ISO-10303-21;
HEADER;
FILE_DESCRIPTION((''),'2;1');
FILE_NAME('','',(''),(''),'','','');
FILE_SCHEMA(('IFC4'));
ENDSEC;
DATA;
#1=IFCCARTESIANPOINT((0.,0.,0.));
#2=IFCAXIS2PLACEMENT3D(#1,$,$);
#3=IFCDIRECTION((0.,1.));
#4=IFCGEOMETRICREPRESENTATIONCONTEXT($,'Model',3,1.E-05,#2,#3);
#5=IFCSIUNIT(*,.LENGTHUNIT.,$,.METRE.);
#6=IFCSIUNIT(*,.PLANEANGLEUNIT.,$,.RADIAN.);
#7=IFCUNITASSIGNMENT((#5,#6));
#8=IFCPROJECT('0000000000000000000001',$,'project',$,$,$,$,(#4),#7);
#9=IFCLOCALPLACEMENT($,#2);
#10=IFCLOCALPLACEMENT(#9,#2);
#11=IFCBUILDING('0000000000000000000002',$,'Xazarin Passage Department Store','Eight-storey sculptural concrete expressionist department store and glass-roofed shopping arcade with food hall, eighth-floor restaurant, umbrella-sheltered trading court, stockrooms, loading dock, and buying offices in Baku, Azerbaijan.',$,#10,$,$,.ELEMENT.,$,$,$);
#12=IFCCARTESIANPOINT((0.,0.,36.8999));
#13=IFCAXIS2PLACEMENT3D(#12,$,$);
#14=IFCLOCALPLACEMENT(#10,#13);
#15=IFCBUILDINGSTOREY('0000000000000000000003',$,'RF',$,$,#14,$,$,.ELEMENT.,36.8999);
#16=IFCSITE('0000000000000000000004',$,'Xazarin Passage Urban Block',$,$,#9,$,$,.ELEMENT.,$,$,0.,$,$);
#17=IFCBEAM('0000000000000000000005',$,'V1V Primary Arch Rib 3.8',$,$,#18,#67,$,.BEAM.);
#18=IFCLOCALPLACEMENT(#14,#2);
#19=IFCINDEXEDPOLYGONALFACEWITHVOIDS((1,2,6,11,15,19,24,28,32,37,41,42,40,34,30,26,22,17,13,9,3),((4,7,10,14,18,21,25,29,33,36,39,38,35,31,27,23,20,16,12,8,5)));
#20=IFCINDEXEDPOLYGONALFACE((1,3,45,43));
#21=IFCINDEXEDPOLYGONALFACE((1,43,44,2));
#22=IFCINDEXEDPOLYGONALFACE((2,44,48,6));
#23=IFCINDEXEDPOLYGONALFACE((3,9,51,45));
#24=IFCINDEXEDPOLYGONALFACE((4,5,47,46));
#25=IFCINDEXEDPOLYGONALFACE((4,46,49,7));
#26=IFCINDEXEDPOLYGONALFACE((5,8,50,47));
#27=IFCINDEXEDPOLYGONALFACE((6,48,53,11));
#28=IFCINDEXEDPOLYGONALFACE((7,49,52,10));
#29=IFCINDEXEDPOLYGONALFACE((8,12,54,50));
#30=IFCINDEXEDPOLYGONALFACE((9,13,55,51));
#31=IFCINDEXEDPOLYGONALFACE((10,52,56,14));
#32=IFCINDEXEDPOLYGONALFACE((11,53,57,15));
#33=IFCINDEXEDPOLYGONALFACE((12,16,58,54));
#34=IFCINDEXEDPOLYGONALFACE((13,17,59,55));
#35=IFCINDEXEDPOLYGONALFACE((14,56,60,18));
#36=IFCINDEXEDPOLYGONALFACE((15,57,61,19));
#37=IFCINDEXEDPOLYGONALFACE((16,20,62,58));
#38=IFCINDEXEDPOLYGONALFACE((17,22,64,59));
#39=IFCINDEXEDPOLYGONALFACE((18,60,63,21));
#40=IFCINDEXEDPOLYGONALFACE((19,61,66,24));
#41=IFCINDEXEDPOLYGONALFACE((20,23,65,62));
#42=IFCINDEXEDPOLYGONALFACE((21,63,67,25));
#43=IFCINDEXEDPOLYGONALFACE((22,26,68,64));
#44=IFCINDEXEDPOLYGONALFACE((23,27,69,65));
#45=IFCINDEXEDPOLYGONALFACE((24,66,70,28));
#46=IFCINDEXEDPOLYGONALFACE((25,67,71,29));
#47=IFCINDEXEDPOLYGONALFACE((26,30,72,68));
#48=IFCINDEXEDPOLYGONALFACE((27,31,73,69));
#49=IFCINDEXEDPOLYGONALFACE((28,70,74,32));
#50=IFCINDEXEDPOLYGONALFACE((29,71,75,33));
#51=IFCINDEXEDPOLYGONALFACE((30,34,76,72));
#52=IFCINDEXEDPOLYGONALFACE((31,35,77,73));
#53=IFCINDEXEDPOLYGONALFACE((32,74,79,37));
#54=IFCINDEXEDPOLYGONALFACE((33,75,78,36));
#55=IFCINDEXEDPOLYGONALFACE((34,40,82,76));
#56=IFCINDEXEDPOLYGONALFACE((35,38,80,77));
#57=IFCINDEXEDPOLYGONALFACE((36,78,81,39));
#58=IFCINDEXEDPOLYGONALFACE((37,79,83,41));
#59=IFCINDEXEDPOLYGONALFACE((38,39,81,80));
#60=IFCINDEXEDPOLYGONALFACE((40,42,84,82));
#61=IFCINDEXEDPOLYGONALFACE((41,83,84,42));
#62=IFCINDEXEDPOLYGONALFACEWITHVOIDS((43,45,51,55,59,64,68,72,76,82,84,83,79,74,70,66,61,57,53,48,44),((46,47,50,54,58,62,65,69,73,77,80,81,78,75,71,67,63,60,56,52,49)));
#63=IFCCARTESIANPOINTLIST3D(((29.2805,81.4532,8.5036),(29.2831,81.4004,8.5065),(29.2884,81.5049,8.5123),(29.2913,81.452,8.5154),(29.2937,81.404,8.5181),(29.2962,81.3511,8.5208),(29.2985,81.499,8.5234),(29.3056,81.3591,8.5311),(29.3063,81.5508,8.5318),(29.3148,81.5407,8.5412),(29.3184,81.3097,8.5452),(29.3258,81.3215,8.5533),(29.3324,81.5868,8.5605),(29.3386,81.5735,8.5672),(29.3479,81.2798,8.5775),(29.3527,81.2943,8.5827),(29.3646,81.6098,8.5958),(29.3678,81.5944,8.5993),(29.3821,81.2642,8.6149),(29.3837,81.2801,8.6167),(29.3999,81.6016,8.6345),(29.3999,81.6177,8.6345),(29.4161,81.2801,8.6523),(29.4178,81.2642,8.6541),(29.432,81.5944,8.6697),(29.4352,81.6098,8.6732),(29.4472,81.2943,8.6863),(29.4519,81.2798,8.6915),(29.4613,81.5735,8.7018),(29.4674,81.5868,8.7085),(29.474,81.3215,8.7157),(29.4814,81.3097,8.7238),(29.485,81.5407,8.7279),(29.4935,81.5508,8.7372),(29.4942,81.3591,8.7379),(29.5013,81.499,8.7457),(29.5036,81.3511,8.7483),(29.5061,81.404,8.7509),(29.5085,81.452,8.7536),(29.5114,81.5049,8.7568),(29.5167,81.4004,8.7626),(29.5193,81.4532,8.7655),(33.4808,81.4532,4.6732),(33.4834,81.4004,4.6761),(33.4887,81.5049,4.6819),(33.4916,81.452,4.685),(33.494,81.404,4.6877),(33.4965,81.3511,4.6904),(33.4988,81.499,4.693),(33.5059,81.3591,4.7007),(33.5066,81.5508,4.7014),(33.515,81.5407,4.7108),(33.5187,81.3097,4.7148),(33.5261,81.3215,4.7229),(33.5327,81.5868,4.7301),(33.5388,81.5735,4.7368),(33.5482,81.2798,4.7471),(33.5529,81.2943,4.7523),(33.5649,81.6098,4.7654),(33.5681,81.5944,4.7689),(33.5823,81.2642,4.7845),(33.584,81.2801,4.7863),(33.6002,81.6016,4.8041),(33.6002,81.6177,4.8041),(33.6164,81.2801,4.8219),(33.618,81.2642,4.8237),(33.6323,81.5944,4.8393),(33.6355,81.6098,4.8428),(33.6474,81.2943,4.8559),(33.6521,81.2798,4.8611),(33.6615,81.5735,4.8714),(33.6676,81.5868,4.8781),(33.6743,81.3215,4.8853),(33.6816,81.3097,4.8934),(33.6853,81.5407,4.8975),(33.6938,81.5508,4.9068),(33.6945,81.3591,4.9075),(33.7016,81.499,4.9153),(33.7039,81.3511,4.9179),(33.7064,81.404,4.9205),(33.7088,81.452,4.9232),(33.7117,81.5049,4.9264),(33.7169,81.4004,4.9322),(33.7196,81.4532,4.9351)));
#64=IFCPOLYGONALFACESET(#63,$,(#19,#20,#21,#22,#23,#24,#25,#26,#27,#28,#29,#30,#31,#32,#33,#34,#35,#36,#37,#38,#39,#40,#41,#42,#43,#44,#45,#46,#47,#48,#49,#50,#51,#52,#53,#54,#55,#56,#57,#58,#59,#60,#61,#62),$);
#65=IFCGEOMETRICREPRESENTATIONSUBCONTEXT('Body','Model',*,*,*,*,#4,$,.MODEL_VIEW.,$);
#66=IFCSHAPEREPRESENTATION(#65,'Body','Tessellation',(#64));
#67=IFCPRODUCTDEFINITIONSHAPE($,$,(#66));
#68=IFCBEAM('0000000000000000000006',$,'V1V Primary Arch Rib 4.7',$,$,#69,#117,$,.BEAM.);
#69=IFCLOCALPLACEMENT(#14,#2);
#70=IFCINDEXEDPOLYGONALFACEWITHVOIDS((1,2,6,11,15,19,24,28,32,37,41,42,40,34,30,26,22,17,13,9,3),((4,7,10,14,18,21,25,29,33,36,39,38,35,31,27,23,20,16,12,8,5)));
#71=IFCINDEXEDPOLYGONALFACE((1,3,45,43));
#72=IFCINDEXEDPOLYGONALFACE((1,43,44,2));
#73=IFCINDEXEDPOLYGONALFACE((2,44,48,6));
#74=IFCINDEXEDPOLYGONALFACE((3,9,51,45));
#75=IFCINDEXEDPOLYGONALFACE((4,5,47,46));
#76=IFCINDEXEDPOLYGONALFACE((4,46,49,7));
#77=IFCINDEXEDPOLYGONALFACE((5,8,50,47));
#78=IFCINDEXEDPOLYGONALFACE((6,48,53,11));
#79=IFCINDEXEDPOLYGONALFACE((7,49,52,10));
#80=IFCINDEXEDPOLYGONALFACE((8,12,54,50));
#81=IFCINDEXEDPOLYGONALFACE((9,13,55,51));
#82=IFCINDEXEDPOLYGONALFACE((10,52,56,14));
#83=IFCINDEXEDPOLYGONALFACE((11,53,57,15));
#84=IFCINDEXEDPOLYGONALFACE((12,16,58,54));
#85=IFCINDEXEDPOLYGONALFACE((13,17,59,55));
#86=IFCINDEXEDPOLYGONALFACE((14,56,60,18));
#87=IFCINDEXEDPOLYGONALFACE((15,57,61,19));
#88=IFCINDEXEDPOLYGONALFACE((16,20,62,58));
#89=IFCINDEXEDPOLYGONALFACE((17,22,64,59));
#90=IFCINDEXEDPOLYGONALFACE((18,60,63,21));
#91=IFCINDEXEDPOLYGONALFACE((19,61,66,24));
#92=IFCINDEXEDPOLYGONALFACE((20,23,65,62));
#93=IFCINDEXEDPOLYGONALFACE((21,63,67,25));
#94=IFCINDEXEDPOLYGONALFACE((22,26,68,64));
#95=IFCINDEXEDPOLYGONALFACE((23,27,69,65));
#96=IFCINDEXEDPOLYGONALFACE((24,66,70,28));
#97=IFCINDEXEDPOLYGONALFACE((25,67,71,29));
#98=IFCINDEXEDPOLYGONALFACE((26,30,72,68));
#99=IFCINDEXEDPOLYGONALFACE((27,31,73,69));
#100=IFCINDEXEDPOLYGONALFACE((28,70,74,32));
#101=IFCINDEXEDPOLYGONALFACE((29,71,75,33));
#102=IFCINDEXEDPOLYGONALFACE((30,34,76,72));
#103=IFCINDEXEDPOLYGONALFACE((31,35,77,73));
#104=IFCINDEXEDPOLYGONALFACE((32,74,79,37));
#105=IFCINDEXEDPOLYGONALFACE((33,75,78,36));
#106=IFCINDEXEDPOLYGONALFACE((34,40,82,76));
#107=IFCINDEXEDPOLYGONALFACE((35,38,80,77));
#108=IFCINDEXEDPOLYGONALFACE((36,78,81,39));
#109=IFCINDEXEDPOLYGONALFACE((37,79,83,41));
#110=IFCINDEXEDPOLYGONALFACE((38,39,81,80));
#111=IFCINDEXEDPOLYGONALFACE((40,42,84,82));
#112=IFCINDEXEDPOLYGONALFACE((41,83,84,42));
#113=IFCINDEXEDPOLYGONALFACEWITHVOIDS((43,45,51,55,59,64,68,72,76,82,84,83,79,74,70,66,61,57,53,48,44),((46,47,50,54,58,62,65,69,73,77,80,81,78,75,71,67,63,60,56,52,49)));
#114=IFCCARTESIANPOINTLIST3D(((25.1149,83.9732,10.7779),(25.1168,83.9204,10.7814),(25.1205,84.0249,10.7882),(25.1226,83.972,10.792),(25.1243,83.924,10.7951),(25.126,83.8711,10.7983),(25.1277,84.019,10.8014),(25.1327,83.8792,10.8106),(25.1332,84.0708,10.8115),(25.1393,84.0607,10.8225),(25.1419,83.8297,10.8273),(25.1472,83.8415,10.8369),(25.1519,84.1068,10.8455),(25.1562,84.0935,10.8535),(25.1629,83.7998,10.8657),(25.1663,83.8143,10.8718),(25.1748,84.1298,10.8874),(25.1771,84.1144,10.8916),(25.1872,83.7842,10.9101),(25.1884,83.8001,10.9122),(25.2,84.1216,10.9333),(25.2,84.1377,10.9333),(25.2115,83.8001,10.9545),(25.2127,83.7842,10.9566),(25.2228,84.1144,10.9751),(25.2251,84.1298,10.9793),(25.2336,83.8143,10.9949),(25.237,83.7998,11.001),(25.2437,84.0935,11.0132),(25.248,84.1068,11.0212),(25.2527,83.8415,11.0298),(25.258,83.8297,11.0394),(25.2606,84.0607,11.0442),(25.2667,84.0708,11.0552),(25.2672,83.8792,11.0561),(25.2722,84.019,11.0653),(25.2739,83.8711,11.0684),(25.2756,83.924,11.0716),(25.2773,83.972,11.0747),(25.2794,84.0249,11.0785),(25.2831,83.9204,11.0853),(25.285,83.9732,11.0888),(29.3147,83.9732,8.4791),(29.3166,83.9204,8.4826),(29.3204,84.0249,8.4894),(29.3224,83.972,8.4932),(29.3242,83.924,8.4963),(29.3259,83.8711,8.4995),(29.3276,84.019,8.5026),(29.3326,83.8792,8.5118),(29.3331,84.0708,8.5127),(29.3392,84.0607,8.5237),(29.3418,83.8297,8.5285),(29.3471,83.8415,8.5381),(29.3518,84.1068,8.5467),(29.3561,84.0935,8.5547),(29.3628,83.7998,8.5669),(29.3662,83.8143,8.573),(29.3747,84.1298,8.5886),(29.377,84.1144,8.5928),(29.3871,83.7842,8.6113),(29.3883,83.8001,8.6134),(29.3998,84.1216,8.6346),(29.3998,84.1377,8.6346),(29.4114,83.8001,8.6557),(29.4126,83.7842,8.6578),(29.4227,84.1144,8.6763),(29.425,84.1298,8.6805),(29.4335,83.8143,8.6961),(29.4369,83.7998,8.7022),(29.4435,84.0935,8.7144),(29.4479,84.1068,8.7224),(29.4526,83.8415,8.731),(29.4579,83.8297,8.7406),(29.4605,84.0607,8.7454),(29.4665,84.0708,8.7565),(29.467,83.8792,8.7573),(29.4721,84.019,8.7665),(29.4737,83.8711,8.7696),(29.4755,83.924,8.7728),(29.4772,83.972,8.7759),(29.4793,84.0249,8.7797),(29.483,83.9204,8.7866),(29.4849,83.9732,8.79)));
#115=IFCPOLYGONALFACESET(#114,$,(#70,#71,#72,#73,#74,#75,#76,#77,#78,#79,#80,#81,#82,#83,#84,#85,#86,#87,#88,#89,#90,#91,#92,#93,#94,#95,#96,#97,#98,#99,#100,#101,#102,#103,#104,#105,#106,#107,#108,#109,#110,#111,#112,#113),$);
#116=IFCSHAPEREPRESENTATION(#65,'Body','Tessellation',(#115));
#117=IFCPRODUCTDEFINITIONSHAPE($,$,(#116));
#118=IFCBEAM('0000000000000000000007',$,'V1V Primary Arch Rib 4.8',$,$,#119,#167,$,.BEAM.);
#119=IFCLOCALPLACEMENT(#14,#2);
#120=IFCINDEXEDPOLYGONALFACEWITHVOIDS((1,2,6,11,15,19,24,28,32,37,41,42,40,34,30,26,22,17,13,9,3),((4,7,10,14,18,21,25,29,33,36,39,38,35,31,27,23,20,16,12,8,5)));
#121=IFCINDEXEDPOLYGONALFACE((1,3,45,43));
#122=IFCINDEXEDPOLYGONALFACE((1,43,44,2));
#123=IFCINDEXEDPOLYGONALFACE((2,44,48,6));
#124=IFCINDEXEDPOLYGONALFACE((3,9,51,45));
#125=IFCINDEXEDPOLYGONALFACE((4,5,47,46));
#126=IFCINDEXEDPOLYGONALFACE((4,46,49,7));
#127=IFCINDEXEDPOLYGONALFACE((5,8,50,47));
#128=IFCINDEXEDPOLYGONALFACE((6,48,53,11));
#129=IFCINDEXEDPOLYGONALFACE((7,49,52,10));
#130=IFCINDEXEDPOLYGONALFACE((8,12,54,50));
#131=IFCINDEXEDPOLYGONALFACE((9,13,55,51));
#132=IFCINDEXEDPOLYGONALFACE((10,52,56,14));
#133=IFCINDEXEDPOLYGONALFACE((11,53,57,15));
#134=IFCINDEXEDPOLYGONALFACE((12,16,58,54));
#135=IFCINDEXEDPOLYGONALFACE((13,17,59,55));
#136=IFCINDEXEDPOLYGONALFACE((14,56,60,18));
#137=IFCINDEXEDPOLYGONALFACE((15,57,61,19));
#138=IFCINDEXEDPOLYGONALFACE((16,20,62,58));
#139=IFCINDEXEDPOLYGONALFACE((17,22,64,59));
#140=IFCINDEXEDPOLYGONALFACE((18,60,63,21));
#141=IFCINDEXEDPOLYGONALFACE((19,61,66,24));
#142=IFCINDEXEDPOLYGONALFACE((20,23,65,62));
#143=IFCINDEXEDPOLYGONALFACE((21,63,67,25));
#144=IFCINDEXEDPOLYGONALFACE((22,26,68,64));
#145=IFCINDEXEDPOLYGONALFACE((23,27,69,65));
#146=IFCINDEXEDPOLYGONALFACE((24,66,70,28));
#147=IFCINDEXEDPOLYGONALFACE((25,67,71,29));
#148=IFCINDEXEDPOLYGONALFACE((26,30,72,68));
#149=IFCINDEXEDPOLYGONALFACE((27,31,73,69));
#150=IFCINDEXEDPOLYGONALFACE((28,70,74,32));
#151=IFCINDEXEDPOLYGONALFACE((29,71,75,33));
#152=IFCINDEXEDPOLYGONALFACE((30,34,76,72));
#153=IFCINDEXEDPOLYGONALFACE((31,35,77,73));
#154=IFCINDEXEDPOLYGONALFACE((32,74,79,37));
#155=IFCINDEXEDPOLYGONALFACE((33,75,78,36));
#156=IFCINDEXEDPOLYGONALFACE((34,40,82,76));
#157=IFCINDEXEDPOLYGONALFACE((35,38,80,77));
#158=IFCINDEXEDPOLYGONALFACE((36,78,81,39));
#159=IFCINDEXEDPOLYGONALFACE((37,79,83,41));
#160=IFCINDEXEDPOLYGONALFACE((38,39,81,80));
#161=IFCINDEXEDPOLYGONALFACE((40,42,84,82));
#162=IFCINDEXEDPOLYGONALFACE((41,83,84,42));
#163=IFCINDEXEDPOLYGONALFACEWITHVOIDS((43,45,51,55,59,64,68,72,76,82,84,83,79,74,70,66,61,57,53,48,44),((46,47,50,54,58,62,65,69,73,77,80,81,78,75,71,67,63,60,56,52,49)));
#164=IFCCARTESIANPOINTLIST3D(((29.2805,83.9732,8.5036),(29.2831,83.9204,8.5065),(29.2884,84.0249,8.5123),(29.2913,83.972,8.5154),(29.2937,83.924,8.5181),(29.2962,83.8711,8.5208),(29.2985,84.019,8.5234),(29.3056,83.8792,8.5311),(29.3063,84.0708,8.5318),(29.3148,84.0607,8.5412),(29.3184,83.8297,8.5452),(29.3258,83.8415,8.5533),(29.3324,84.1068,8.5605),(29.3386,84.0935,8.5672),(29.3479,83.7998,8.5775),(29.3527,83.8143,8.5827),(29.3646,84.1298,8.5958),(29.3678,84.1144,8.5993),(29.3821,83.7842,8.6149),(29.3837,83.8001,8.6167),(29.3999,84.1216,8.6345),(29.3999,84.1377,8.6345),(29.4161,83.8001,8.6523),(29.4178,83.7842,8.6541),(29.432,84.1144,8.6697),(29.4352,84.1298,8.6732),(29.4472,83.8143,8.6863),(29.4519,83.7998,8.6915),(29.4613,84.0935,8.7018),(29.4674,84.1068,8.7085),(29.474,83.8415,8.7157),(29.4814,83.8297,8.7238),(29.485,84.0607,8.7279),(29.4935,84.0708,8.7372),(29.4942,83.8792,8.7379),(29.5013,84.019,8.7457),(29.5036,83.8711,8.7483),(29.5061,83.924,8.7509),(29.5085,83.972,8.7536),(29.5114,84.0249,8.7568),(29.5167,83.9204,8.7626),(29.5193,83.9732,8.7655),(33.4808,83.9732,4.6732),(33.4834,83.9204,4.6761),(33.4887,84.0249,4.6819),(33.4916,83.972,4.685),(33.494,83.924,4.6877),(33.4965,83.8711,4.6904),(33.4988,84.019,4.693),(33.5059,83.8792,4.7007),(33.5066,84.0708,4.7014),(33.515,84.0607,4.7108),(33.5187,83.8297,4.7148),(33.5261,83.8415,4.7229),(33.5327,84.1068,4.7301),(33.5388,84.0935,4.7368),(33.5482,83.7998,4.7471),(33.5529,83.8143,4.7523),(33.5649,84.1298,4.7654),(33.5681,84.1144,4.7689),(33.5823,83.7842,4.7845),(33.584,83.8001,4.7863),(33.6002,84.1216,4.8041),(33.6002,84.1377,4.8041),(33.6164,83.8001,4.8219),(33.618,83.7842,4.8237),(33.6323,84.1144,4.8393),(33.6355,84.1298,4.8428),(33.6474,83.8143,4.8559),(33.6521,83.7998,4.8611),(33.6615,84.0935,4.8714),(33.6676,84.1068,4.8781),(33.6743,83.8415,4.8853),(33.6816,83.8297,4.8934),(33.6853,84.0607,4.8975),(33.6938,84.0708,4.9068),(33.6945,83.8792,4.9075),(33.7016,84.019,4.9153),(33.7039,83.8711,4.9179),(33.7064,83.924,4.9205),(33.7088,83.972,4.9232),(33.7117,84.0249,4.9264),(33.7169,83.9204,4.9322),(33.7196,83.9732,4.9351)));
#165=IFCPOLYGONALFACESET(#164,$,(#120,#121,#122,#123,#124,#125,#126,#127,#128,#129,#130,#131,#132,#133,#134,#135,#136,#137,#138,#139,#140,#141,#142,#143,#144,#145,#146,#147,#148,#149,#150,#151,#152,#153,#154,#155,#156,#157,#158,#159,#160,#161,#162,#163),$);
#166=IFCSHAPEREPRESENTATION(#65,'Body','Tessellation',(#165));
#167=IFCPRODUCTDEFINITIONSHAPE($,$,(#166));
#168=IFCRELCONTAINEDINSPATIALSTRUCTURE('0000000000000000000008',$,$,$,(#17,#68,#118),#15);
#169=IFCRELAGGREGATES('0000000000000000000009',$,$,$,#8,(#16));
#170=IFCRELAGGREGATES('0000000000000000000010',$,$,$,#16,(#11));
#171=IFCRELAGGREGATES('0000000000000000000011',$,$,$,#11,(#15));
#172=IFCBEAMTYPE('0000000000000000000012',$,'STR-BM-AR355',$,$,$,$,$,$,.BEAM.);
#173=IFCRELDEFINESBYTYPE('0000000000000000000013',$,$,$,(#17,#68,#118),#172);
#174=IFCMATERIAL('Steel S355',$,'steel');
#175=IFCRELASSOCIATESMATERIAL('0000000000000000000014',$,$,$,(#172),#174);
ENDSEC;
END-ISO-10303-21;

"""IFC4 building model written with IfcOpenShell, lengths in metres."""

from ifc_helpers import new_model, si_unit, direction, frame, origin, origin_2d, place, context, subcontext, project, spatial, hollow_circle, extrude, material, material_profile, profile_set, type_object, element, save


model = new_model("IFC4")

# Units and contexts
model_context = context("Model", 3, precision=1e-05, world=origin(), true_north=direction((0.0, 1.0)))
body_context = subcontext(model_context, "Body", "Model", "MODEL_VIEW")
ifc_project = project(units=[si_unit("LENGTHUNIT", "METRE"), si_unit("PLANEANGLEUNIT", "RADIAN")], contexts=[model_context])

# Site, building, storey
site_placement = place(None, origin())
site = spatial("IfcSite", under=ifc_project, at=site_placement, Name="Xazarin Passage Urban Block", CompositionType="ELEMENT", RefElevation=0.0)
building_placement = place(site_placement, origin())
building = spatial("IfcBuilding", under=site, at=building_placement, Name="Xazarin Passage Department Store", Description="Eight-storey sculptural concrete expressionist department store and glass-roofed shopping arcade with food hall, eighth-floor restaurant, umbrella-sheltered trading court, stockrooms, loading dock, and buying offices in Baku, Azerbaijan.", CompositionType="ELEMENT")
storey_placement = place(building_placement, frame((0.0, 0.0, 36.8999)))
storey = spatial("IfcBuildingStorey", under=building, at=storey_placement, Name="RF", CompositionType="ELEMENT", Elevation=36.8999)

# Beams
ifc_material_1 = material(Name="Steel S355", Category="steel")
ifc_material_profile_1 = material_profile(ifc_material_1, hollow_circle(Radius=0.1777, WallThickness=0.0161, at=origin_2d()), Name="CHS 355.6x16")
ifc_profile_set_1 = profile_set([ifc_material_profile_1], Name="Steel S355")
beam_type_1 = type_object("IfcBeamType", Name="STR-BM-AR355", PredefinedType="BEAM", material=ifc_profile_set_1)
beam_1_placement = place(storey_placement, frame((29.3999, 81.4399, 8.6345), z_axis=(0.738892, 0.0, -0.673824), x_axis=(0.0, 1.0, 0.0)))
element("IfcBeam", 1, at=beam_1_placement, inside=storey, type_object=beam_type_1, Name="V1V Primary Arch Rib 3.8", PredefinedType="BEAM", context=body_context, shape_type="SweptSolid", body=[
    extrude(hollow_circle(Radius=0.1777, WallThickness=0.0161, at=origin_2d()), origin(), (0.0, 0.0, 1.0), 5.6846),
])
beam_2_placement = place(storey_placement, frame((25.2, 83.96, 10.9333), z_axis=(0.877197, 0.0, -0.480131), x_axis=(0.0, 1.0, 0.0)))
element("IfcBeam", 2, at=beam_2_placement, inside=storey, type_object=beam_type_1, Name="V1V Primary Arch Rib 4.7", PredefinedType="BEAM", context=body_context, shape_type="SweptSolid", body=[
    extrude(hollow_circle(Radius=0.1777, WallThickness=0.0161, at=origin_2d()), origin(), (0.0, 0.0, 1.0), 4.7878),
])
beam_3_placement = place(storey_placement, frame((29.3999, 83.96, 8.6345), z_axis=(0.738892, 0.0, -0.673824), x_axis=(0.0, 1.0, 0.0)))
element("IfcBeam", 3, at=beam_3_placement, inside=storey, type_object=beam_type_1, Name="V1V Primary Arch Rib 4.8", PredefinedType="BEAM", context=body_context, shape_type="SweptSolid", body=[
    extrude(hollow_circle(Radius=0.1777, WallThickness=0.0161, at=origin_2d()), origin(), (0.0, 0.0, 1.0), 5.6846),
])

save(model, "model.ifc")
